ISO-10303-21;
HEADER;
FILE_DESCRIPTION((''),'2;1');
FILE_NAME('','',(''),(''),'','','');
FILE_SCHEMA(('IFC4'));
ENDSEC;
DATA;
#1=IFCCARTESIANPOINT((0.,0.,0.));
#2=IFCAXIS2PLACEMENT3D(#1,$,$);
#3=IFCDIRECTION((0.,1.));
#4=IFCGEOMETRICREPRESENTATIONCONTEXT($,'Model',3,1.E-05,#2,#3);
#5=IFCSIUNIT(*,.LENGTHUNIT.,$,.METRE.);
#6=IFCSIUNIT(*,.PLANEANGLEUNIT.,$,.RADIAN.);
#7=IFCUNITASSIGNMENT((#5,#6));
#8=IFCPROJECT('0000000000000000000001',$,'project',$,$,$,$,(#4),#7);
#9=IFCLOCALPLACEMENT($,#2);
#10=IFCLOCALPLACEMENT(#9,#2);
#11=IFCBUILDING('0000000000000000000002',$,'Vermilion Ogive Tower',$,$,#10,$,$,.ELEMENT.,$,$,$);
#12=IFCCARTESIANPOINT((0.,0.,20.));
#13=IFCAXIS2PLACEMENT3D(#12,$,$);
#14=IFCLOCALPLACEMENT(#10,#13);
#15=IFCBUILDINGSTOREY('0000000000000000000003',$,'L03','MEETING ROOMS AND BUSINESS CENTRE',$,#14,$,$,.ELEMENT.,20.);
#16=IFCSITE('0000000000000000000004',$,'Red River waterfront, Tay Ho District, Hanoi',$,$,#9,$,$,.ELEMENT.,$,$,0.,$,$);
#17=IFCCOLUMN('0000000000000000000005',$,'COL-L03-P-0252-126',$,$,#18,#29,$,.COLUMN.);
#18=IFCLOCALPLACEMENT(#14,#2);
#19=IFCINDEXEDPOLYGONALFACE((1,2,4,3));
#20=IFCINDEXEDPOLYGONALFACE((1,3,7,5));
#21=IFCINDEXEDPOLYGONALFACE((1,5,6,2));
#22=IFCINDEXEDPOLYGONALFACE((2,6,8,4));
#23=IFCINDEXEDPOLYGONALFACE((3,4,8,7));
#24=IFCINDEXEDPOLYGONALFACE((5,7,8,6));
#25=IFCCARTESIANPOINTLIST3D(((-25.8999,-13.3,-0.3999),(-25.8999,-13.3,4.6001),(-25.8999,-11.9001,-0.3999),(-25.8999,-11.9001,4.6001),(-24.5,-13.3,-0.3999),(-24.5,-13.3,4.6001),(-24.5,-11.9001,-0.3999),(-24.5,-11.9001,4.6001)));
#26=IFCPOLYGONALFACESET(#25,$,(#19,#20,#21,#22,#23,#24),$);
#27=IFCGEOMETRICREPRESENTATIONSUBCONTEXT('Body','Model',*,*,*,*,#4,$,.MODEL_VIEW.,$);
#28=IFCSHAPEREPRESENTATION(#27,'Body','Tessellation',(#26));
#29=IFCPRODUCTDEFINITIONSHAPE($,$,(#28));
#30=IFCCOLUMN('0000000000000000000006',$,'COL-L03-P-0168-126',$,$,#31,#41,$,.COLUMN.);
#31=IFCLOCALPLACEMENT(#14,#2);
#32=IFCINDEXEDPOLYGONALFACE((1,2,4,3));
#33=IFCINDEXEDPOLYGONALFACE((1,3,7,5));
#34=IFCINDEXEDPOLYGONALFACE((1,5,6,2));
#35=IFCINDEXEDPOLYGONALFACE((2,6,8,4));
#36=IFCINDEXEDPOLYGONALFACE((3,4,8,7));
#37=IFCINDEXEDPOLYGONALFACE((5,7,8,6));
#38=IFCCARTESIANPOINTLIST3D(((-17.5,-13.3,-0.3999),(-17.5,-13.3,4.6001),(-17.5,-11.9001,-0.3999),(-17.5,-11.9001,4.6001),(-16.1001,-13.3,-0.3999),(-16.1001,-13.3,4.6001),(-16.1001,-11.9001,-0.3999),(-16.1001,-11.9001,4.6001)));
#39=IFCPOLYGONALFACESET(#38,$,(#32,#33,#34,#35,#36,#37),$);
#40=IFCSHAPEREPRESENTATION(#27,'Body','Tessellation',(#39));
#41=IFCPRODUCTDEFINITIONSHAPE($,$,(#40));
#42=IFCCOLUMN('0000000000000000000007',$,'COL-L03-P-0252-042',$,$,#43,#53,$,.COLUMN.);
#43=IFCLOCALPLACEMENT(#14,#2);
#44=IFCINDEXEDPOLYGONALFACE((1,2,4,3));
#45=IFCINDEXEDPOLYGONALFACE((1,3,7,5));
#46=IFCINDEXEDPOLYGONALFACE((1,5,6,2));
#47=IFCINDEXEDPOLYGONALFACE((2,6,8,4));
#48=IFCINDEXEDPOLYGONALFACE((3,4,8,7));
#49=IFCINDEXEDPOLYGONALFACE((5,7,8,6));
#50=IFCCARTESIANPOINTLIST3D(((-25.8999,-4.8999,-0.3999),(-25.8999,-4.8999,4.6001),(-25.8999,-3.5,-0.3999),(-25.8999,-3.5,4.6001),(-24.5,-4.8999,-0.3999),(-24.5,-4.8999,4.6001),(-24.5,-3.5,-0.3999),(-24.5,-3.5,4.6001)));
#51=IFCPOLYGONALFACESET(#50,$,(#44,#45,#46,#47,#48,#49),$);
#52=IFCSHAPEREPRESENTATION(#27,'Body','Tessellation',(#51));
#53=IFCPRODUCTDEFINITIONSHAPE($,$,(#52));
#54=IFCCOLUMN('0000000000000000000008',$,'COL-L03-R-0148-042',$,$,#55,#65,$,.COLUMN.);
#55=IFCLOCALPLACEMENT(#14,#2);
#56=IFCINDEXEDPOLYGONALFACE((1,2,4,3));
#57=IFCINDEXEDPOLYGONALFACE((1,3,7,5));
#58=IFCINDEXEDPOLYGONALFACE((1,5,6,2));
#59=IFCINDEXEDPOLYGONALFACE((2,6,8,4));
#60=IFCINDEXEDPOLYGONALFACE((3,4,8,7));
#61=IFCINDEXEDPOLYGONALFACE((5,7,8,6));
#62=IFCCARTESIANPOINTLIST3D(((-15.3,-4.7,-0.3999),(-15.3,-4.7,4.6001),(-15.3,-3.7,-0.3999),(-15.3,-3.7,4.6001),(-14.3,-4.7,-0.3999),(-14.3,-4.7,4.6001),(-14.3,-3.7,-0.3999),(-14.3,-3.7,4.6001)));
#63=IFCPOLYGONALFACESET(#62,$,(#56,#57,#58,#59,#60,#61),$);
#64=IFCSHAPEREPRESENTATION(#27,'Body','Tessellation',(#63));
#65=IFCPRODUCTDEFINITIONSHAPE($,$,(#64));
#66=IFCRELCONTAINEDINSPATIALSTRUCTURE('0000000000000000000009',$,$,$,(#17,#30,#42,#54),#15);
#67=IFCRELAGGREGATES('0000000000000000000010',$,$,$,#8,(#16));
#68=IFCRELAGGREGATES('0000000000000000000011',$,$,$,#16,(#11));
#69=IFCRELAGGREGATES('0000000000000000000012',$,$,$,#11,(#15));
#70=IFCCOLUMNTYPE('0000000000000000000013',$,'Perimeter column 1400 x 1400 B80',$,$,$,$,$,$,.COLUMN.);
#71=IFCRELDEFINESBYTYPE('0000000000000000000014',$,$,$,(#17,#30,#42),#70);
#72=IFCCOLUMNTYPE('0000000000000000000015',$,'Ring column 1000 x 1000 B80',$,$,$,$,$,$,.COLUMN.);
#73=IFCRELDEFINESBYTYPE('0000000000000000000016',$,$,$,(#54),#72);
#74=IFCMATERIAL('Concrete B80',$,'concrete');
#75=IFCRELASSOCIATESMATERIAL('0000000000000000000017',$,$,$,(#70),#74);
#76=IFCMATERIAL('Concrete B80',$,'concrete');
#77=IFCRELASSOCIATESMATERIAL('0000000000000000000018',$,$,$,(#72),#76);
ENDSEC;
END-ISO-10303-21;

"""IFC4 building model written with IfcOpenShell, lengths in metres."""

from ifc_helpers import new_model, si_unit, direction, frame, origin, origin_2d, place, context, subcontext, project, spatial, rectangle, extrude, material, material_profile, profile_set, type_object, element, save


model = new_model("IFC4")

# Units and contexts
model_context = context("Model", 3, precision=1e-05, world=origin(), true_north=direction((0.0, 1.0)))
body_context = subcontext(model_context, "Body", "Model", "MODEL_VIEW")
ifc_project = project(units=[si_unit("LENGTHUNIT", "METRE"), si_unit("PLANEANGLEUNIT", "RADIAN")], contexts=[model_context])

# Site, building, storey
site_placement = place(None, origin())
site = spatial("IfcSite", under=ifc_project, at=site_placement, Name="Red River waterfront, Tay Ho District, Hanoi", CompositionType="ELEMENT", RefElevation=0.0)
building_placement = place(site_placement, origin())
building = spatial("IfcBuilding", under=site, at=building_placement, Name="Vermilion Ogive Tower", CompositionType="ELEMENT")
storey_placement = place(building_placement, frame((0.0, 0.0, 20.0)))
storey = spatial("IfcBuildingStorey", under=building, at=storey_placement, Name="L03", Description="MEETING ROOMS AND BUSINESS CENTRE", CompositionType="ELEMENT", Elevation=20.0)

# Columns
ifc_material_1 = material(Name="Concrete B80", Category="concrete")
ifc_material_profile_1 = material_profile(ifc_material_1, rectangle(XDim=1.3999, YDim=1.3999, at=origin_2d()), Name="1400 x 1400")
ifc_profile_set_1 = profile_set([ifc_material_profile_1], Name="Concrete B80")
column_type_1 = type_object("IfcColumnType", Name="Perimeter column 1400 x 1400 B80", PredefinedType="COLUMN", material=ifc_profile_set_1)
for number, where, z_axis, x_axis, name in (
    (1, (-25.2, -12.6001, -0.3999), (0.0, 0.0, 1.0), (1.0, 0.0, 0.0), "COL-L03-P-0252-126"),
    (2, (-16.8, -12.6001, -0.3999), (0.0, 0.0, 1.0), (1.0, 0.0, 0.0), "COL-L03-P-0168-126"),
    (3, (-25.2, -4.2, -0.3999), (0.0, 0.0, 1.0), (1.0, 0.0, 0.0), "COL-L03-P-0252-042"),
):
    element("IfcColumn", number, at=place(storey_placement, frame(where, z_axis=z_axis, x_axis=x_axis)), inside=storey, type_object=column_type_1, Name=name, PredefinedType="COLUMN", context=body_context, shape_type="SweptSolid", body=[
        extrude(rectangle(XDim=1.3999, YDim=1.3999, at=origin_2d()), origin(), (0.0, 0.0, 1.0), 5.0),
    ])
ifc_material_2 = material(Name="Concrete B80", Category="concrete")
ifc_material_profile_2 = material_profile(ifc_material_2, rectangle(XDim=1.0, YDim=1.0, at=origin_2d()), Name="1000 x 1000")
ifc_profile_set_2 = profile_set([ifc_material_profile_2], Name="Concrete B80")
column_type_2 = type_object("IfcColumnType", Name="Ring column 1000 x 1000 B80", PredefinedType="COLUMN", material=ifc_profile_set_2)
column_placement = place(storey_placement, frame((-14.8, -4.2, -0.3999), z_axis=(0.0, 0.0, 1.0), x_axis=(1.0, 0.0, 0.0)))
element("IfcColumn", 4, at=column_placement, inside=storey, type_object=column_type_2, Name="COL-L03-R-0148-042", PredefinedType="COLUMN", context=body_context, shape_type="SweptSolid", body=[
    extrude(rectangle(XDim=1.0, YDim=1.0, at=origin_2d()), origin(), (0.0, 0.0, 1.0), 5.0),
])

save(model, "model.ifc")
